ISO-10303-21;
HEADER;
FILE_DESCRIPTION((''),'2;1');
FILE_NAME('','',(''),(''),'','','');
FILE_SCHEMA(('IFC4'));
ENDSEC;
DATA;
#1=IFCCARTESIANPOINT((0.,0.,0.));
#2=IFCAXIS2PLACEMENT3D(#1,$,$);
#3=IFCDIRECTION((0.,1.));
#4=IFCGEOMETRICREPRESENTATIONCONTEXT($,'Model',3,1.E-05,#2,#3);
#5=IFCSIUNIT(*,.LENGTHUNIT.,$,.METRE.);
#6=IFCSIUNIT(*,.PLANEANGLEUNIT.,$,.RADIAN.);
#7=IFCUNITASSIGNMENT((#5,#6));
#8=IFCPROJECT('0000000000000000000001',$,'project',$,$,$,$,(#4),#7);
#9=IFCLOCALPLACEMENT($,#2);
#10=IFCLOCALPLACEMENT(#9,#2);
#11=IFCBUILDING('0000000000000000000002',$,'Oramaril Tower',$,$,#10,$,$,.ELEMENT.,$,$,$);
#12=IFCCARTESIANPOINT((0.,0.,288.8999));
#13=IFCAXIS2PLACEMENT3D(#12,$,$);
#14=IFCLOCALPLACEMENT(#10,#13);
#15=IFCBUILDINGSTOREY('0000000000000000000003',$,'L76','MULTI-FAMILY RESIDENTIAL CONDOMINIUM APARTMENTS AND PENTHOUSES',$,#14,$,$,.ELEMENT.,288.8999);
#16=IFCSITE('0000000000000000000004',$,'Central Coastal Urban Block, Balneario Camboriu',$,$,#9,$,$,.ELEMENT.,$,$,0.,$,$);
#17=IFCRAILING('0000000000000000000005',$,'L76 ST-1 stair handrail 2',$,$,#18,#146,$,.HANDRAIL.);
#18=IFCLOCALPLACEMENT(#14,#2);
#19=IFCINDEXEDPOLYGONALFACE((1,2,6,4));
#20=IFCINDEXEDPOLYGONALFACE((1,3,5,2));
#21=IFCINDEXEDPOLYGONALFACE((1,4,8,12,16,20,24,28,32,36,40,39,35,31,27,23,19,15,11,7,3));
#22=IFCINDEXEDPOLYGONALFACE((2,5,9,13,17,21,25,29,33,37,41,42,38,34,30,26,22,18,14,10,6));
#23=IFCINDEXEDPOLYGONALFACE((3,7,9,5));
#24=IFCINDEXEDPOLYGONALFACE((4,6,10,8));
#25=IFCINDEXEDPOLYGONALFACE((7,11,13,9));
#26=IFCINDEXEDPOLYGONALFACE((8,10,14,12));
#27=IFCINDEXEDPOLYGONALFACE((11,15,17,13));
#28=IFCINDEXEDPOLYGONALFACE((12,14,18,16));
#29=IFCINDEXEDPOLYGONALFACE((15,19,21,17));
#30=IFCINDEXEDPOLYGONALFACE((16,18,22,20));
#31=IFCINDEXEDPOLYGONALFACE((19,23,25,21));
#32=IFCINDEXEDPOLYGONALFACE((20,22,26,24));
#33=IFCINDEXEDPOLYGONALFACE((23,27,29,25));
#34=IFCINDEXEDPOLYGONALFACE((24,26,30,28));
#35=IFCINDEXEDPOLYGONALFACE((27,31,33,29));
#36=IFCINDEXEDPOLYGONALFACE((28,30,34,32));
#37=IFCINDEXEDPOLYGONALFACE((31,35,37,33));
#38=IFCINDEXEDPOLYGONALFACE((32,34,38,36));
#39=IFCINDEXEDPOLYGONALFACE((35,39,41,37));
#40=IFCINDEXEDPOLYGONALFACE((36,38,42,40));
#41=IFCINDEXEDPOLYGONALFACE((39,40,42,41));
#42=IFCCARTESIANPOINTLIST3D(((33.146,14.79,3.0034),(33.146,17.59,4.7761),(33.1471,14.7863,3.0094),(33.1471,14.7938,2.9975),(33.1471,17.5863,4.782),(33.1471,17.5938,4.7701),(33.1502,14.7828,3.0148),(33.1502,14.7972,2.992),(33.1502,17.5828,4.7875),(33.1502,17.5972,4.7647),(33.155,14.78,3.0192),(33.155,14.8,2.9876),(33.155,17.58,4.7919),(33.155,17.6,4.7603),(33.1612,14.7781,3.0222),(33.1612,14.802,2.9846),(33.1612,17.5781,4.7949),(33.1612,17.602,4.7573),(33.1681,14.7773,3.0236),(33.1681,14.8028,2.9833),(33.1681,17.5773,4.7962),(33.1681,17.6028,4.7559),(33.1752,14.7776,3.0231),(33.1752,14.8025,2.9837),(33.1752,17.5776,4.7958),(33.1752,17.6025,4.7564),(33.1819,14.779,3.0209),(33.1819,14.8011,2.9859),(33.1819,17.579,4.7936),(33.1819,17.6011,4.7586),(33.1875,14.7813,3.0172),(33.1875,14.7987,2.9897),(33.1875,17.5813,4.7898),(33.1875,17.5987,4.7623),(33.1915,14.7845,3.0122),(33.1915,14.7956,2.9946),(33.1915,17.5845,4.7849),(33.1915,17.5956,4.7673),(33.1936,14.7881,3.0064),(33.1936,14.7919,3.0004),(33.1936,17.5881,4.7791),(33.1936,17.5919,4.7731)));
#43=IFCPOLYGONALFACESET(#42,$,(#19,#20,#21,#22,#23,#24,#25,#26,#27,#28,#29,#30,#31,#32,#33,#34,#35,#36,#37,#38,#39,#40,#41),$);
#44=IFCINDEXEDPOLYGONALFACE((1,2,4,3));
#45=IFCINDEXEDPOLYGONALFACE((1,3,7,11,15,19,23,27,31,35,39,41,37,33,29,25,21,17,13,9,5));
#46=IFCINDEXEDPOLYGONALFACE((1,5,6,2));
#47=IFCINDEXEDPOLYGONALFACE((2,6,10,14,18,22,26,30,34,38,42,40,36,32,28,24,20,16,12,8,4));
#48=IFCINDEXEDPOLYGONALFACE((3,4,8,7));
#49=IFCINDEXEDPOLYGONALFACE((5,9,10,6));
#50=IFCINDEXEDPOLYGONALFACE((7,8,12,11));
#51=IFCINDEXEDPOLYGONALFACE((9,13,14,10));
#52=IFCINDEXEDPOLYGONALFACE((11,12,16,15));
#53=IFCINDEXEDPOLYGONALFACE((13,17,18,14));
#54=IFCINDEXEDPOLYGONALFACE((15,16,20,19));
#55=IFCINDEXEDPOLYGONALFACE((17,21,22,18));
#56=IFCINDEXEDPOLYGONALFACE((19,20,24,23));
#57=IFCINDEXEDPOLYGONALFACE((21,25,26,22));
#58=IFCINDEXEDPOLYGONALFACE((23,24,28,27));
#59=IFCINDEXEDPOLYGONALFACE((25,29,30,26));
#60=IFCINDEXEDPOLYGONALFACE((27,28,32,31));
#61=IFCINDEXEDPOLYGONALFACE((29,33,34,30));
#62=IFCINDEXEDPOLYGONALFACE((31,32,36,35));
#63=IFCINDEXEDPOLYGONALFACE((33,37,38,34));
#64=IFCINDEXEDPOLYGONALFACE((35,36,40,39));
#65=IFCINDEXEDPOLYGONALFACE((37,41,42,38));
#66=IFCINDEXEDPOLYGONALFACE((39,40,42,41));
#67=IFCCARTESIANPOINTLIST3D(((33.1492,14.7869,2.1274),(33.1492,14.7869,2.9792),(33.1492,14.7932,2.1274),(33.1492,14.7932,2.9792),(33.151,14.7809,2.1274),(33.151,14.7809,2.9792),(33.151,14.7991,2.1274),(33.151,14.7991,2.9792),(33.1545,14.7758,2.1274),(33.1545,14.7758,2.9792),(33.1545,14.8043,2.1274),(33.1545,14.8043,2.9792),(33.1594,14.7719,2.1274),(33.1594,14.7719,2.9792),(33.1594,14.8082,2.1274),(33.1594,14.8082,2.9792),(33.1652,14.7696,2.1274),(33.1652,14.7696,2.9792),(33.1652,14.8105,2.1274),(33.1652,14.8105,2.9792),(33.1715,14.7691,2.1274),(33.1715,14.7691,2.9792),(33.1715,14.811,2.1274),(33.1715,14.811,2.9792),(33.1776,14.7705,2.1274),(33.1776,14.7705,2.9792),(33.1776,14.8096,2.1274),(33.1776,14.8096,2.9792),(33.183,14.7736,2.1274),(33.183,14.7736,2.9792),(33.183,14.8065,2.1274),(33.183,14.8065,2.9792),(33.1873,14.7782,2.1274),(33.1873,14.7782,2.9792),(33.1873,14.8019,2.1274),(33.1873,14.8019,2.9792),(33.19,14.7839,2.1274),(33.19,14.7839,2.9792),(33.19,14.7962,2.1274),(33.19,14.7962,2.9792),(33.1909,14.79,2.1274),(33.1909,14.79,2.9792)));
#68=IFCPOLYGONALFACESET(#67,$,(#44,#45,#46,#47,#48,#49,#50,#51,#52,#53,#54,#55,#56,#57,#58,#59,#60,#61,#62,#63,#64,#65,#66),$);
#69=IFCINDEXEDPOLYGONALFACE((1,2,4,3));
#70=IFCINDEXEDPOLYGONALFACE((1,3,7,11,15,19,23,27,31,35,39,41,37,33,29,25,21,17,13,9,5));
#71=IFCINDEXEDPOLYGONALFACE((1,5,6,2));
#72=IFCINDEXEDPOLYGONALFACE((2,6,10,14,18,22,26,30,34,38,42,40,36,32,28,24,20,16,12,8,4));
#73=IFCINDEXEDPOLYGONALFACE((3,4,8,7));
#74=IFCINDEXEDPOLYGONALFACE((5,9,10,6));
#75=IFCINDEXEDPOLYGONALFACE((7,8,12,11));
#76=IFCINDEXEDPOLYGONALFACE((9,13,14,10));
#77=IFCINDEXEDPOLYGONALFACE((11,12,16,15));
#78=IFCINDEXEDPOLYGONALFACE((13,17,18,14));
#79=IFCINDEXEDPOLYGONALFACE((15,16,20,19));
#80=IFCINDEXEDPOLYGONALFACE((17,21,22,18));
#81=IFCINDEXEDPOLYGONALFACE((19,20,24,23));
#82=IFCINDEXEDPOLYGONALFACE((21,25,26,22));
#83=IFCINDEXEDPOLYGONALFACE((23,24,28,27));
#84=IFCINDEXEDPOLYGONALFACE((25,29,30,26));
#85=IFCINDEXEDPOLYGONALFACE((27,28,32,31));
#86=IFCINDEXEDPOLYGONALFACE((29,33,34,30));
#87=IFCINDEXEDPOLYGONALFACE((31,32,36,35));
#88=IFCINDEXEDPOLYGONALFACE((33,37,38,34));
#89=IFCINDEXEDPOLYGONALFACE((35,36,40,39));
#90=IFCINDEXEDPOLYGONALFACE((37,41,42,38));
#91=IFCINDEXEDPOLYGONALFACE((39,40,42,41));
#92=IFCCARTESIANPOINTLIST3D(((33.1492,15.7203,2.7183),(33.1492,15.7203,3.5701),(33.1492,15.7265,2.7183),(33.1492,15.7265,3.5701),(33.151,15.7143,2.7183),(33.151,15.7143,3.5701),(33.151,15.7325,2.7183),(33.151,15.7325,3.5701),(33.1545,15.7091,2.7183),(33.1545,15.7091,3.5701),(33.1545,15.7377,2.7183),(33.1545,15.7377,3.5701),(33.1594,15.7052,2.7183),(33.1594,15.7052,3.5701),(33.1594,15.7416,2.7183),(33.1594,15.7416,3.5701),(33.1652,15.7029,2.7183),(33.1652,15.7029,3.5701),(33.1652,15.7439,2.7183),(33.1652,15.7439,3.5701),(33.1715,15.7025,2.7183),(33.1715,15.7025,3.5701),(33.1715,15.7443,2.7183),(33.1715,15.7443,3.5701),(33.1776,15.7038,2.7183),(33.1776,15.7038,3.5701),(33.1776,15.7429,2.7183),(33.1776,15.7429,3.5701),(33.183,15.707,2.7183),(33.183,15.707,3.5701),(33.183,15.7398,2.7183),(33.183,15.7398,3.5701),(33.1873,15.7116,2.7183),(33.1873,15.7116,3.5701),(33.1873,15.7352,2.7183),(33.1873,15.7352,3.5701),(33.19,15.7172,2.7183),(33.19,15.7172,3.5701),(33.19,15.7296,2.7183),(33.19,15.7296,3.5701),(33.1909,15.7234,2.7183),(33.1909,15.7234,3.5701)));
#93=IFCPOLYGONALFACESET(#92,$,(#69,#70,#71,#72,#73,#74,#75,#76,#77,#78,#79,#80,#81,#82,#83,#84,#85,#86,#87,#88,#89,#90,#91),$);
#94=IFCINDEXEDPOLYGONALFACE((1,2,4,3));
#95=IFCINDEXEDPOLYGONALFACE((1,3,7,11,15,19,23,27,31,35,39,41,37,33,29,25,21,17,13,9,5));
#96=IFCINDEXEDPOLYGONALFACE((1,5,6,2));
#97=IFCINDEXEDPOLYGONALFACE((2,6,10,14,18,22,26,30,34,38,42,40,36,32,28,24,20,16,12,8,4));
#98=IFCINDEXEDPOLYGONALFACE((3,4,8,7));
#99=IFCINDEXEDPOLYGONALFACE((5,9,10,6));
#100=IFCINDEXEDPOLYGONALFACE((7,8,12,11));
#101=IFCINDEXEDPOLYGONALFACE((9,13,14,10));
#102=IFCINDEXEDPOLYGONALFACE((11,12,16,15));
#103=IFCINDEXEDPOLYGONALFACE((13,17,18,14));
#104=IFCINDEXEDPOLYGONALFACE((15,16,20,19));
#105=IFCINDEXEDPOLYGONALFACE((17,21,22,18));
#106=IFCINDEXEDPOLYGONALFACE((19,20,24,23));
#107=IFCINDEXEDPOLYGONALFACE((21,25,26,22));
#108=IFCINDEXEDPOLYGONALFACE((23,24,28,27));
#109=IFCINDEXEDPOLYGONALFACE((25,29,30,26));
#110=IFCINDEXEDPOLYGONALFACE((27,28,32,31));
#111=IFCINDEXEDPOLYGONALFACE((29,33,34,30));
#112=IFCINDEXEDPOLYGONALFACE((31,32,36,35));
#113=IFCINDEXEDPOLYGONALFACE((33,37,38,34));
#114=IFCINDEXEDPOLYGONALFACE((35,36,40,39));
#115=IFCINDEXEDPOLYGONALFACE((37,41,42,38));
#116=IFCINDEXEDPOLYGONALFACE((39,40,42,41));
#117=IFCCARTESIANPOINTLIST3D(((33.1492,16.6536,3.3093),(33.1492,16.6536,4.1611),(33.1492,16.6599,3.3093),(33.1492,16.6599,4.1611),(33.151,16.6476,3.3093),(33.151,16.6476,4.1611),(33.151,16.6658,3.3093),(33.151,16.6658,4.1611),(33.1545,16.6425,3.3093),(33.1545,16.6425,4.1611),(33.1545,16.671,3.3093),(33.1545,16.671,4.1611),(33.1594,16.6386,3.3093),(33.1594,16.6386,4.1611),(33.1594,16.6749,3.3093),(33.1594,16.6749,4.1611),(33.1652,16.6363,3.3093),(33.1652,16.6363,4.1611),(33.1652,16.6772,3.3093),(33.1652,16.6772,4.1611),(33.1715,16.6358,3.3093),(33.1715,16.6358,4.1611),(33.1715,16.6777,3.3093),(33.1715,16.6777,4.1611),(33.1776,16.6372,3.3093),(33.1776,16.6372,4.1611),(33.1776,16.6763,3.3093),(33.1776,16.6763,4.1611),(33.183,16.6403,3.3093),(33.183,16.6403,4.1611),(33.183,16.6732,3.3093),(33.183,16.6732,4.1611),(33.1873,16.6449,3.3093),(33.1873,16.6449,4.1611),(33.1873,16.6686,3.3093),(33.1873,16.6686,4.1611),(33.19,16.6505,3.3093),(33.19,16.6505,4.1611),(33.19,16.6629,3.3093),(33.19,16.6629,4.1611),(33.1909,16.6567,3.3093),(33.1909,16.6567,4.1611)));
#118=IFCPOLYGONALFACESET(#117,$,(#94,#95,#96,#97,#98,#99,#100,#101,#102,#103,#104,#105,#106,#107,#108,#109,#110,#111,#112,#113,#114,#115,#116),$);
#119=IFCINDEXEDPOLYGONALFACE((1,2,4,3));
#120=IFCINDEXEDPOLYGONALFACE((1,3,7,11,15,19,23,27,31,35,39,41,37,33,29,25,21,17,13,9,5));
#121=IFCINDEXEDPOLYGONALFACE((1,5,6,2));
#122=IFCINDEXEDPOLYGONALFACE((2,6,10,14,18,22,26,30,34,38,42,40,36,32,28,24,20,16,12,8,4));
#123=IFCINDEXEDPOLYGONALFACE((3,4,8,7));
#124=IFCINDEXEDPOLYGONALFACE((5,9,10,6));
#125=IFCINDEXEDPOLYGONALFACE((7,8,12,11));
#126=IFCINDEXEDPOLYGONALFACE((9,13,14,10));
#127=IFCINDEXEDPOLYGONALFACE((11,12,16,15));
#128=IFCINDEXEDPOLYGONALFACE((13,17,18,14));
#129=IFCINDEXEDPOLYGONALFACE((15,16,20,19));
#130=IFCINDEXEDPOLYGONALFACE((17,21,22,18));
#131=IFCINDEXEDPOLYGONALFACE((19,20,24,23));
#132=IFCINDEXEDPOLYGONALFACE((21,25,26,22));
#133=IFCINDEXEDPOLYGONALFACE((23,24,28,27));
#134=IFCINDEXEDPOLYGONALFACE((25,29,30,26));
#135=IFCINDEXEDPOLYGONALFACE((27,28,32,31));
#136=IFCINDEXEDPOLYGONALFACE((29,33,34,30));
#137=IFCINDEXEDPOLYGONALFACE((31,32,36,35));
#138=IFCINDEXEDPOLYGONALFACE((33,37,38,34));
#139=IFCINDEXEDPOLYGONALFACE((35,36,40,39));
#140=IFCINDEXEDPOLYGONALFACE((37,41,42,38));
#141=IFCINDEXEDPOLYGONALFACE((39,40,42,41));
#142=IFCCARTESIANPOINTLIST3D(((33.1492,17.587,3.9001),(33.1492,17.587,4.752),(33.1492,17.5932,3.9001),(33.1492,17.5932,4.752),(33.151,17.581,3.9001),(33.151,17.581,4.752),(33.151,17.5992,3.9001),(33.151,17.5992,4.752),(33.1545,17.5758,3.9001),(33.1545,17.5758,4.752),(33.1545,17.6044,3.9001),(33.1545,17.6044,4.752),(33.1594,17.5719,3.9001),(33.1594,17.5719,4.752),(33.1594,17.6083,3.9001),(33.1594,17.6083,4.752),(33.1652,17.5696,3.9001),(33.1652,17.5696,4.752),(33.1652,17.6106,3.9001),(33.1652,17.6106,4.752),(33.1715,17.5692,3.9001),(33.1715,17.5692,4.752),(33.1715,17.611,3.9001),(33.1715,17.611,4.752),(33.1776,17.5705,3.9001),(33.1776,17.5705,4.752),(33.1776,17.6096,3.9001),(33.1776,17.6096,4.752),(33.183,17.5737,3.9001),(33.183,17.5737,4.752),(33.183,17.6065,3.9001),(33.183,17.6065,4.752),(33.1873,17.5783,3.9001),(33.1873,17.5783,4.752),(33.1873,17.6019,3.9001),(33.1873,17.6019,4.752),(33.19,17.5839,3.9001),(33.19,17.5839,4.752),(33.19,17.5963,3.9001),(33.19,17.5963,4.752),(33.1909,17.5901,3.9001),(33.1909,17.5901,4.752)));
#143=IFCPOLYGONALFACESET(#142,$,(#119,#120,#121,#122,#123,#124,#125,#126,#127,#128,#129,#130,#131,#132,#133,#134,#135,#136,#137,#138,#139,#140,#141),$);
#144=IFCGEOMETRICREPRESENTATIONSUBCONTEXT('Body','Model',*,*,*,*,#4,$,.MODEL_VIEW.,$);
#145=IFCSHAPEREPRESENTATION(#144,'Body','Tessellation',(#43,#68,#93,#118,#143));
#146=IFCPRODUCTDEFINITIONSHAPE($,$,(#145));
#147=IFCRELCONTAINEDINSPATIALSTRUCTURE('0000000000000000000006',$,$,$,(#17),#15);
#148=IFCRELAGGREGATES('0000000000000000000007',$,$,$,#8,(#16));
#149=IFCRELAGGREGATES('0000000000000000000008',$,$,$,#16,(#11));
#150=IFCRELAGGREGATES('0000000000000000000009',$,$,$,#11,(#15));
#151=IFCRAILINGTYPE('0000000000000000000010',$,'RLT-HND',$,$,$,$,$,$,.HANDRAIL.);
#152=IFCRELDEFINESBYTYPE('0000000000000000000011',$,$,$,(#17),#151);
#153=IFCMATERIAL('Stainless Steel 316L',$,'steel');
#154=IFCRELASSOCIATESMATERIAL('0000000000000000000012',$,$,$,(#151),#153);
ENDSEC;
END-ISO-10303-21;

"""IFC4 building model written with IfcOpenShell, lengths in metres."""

from ifc_helpers import new_model, si_unit, direction, frame, origin, origin_2d, place, context, subcontext, project, spatial, circle, extrude, material, type_object, element, save


model = new_model("IFC4")

# Units and contexts
model_context = context("Model", 3, precision=1e-05, world=origin(), true_north=direction((0.0, 1.0)))
body_context = subcontext(model_context, "Body", "Model", "MODEL_VIEW")
ifc_project = project(units=[si_unit("LENGTHUNIT", "METRE"), si_unit("PLANEANGLEUNIT", "RADIAN")], contexts=[model_context])

# Site, building, storey
site_placement = place(None, origin())
site = spatial("IfcSite", under=ifc_project, at=site_placement, Name="Central Coastal Urban Block, Balneario Camboriu", CompositionType="ELEMENT", RefElevation=0.0)
building_placement = place(site_placement, origin())
building = spatial("IfcBuilding", under=site, at=building_placement, Name="Oramaril Tower", CompositionType="ELEMENT")
storey_placement = place(building_placement, frame((0.0, 0.0, 288.8999)))
storey = spatial("IfcBuildingStorey", under=building, at=storey_placement, Name="L76", Description="MULTI-FAMILY RESIDENTIAL CONDOMINIUM APARTMENTS AND PENTHOUSES", CompositionType="ELEMENT", Elevation=288.8999)

# Railing
ifc_material_1 = material(Name="Stainless Steel 316L", Category="steel")
railing_type_1 = type_object("IfcRailingType", Name="RLT-HND", PredefinedType="HANDRAIL", material=ifc_material_1)
railing_1_placement = place(storey_placement, frame((33.1699, 14.79, 2.1274)))
element("IfcRailing", 1, at=railing_1_placement, inside=storey, type_object=railing_type_1, Name="L76 ST-1 stair handrail 2", PredefinedType="HANDRAIL", context=body_context, shape_type="SweptSolid", body=[
    extrude(circle(Radius=0.0239, at=origin_2d()), frame((0.0, 0.0, 0.876), z_axis=(0.0, 0.844909, 0.53491), x_axis=(-1.0, 0.0, 0.0)), (0.0, 0.0, 1.0), 3.314),
    extrude(circle(Radius=0.021, at=origin_2d()), origin(), (0.0, 0.0, 1.0), 0.8518),
    extrude(circle(Radius=0.021, at=origin_2d()), frame((0.0, 0.9333, 0.5908)), (0.0, 0.0, 1.0), 0.8518),
    extrude(circle(Radius=0.021, at=origin_2d()), frame((0.0, 1.8667, 1.1819)), (0.0, 0.0, 1.0), 0.8518),
    extrude(circle(Radius=0.021, at=origin_2d()), frame((0.0, 2.8, 1.7727)), (0.0, 0.0, 1.0), 0.8518),
])

save(model, "model.ifc")
